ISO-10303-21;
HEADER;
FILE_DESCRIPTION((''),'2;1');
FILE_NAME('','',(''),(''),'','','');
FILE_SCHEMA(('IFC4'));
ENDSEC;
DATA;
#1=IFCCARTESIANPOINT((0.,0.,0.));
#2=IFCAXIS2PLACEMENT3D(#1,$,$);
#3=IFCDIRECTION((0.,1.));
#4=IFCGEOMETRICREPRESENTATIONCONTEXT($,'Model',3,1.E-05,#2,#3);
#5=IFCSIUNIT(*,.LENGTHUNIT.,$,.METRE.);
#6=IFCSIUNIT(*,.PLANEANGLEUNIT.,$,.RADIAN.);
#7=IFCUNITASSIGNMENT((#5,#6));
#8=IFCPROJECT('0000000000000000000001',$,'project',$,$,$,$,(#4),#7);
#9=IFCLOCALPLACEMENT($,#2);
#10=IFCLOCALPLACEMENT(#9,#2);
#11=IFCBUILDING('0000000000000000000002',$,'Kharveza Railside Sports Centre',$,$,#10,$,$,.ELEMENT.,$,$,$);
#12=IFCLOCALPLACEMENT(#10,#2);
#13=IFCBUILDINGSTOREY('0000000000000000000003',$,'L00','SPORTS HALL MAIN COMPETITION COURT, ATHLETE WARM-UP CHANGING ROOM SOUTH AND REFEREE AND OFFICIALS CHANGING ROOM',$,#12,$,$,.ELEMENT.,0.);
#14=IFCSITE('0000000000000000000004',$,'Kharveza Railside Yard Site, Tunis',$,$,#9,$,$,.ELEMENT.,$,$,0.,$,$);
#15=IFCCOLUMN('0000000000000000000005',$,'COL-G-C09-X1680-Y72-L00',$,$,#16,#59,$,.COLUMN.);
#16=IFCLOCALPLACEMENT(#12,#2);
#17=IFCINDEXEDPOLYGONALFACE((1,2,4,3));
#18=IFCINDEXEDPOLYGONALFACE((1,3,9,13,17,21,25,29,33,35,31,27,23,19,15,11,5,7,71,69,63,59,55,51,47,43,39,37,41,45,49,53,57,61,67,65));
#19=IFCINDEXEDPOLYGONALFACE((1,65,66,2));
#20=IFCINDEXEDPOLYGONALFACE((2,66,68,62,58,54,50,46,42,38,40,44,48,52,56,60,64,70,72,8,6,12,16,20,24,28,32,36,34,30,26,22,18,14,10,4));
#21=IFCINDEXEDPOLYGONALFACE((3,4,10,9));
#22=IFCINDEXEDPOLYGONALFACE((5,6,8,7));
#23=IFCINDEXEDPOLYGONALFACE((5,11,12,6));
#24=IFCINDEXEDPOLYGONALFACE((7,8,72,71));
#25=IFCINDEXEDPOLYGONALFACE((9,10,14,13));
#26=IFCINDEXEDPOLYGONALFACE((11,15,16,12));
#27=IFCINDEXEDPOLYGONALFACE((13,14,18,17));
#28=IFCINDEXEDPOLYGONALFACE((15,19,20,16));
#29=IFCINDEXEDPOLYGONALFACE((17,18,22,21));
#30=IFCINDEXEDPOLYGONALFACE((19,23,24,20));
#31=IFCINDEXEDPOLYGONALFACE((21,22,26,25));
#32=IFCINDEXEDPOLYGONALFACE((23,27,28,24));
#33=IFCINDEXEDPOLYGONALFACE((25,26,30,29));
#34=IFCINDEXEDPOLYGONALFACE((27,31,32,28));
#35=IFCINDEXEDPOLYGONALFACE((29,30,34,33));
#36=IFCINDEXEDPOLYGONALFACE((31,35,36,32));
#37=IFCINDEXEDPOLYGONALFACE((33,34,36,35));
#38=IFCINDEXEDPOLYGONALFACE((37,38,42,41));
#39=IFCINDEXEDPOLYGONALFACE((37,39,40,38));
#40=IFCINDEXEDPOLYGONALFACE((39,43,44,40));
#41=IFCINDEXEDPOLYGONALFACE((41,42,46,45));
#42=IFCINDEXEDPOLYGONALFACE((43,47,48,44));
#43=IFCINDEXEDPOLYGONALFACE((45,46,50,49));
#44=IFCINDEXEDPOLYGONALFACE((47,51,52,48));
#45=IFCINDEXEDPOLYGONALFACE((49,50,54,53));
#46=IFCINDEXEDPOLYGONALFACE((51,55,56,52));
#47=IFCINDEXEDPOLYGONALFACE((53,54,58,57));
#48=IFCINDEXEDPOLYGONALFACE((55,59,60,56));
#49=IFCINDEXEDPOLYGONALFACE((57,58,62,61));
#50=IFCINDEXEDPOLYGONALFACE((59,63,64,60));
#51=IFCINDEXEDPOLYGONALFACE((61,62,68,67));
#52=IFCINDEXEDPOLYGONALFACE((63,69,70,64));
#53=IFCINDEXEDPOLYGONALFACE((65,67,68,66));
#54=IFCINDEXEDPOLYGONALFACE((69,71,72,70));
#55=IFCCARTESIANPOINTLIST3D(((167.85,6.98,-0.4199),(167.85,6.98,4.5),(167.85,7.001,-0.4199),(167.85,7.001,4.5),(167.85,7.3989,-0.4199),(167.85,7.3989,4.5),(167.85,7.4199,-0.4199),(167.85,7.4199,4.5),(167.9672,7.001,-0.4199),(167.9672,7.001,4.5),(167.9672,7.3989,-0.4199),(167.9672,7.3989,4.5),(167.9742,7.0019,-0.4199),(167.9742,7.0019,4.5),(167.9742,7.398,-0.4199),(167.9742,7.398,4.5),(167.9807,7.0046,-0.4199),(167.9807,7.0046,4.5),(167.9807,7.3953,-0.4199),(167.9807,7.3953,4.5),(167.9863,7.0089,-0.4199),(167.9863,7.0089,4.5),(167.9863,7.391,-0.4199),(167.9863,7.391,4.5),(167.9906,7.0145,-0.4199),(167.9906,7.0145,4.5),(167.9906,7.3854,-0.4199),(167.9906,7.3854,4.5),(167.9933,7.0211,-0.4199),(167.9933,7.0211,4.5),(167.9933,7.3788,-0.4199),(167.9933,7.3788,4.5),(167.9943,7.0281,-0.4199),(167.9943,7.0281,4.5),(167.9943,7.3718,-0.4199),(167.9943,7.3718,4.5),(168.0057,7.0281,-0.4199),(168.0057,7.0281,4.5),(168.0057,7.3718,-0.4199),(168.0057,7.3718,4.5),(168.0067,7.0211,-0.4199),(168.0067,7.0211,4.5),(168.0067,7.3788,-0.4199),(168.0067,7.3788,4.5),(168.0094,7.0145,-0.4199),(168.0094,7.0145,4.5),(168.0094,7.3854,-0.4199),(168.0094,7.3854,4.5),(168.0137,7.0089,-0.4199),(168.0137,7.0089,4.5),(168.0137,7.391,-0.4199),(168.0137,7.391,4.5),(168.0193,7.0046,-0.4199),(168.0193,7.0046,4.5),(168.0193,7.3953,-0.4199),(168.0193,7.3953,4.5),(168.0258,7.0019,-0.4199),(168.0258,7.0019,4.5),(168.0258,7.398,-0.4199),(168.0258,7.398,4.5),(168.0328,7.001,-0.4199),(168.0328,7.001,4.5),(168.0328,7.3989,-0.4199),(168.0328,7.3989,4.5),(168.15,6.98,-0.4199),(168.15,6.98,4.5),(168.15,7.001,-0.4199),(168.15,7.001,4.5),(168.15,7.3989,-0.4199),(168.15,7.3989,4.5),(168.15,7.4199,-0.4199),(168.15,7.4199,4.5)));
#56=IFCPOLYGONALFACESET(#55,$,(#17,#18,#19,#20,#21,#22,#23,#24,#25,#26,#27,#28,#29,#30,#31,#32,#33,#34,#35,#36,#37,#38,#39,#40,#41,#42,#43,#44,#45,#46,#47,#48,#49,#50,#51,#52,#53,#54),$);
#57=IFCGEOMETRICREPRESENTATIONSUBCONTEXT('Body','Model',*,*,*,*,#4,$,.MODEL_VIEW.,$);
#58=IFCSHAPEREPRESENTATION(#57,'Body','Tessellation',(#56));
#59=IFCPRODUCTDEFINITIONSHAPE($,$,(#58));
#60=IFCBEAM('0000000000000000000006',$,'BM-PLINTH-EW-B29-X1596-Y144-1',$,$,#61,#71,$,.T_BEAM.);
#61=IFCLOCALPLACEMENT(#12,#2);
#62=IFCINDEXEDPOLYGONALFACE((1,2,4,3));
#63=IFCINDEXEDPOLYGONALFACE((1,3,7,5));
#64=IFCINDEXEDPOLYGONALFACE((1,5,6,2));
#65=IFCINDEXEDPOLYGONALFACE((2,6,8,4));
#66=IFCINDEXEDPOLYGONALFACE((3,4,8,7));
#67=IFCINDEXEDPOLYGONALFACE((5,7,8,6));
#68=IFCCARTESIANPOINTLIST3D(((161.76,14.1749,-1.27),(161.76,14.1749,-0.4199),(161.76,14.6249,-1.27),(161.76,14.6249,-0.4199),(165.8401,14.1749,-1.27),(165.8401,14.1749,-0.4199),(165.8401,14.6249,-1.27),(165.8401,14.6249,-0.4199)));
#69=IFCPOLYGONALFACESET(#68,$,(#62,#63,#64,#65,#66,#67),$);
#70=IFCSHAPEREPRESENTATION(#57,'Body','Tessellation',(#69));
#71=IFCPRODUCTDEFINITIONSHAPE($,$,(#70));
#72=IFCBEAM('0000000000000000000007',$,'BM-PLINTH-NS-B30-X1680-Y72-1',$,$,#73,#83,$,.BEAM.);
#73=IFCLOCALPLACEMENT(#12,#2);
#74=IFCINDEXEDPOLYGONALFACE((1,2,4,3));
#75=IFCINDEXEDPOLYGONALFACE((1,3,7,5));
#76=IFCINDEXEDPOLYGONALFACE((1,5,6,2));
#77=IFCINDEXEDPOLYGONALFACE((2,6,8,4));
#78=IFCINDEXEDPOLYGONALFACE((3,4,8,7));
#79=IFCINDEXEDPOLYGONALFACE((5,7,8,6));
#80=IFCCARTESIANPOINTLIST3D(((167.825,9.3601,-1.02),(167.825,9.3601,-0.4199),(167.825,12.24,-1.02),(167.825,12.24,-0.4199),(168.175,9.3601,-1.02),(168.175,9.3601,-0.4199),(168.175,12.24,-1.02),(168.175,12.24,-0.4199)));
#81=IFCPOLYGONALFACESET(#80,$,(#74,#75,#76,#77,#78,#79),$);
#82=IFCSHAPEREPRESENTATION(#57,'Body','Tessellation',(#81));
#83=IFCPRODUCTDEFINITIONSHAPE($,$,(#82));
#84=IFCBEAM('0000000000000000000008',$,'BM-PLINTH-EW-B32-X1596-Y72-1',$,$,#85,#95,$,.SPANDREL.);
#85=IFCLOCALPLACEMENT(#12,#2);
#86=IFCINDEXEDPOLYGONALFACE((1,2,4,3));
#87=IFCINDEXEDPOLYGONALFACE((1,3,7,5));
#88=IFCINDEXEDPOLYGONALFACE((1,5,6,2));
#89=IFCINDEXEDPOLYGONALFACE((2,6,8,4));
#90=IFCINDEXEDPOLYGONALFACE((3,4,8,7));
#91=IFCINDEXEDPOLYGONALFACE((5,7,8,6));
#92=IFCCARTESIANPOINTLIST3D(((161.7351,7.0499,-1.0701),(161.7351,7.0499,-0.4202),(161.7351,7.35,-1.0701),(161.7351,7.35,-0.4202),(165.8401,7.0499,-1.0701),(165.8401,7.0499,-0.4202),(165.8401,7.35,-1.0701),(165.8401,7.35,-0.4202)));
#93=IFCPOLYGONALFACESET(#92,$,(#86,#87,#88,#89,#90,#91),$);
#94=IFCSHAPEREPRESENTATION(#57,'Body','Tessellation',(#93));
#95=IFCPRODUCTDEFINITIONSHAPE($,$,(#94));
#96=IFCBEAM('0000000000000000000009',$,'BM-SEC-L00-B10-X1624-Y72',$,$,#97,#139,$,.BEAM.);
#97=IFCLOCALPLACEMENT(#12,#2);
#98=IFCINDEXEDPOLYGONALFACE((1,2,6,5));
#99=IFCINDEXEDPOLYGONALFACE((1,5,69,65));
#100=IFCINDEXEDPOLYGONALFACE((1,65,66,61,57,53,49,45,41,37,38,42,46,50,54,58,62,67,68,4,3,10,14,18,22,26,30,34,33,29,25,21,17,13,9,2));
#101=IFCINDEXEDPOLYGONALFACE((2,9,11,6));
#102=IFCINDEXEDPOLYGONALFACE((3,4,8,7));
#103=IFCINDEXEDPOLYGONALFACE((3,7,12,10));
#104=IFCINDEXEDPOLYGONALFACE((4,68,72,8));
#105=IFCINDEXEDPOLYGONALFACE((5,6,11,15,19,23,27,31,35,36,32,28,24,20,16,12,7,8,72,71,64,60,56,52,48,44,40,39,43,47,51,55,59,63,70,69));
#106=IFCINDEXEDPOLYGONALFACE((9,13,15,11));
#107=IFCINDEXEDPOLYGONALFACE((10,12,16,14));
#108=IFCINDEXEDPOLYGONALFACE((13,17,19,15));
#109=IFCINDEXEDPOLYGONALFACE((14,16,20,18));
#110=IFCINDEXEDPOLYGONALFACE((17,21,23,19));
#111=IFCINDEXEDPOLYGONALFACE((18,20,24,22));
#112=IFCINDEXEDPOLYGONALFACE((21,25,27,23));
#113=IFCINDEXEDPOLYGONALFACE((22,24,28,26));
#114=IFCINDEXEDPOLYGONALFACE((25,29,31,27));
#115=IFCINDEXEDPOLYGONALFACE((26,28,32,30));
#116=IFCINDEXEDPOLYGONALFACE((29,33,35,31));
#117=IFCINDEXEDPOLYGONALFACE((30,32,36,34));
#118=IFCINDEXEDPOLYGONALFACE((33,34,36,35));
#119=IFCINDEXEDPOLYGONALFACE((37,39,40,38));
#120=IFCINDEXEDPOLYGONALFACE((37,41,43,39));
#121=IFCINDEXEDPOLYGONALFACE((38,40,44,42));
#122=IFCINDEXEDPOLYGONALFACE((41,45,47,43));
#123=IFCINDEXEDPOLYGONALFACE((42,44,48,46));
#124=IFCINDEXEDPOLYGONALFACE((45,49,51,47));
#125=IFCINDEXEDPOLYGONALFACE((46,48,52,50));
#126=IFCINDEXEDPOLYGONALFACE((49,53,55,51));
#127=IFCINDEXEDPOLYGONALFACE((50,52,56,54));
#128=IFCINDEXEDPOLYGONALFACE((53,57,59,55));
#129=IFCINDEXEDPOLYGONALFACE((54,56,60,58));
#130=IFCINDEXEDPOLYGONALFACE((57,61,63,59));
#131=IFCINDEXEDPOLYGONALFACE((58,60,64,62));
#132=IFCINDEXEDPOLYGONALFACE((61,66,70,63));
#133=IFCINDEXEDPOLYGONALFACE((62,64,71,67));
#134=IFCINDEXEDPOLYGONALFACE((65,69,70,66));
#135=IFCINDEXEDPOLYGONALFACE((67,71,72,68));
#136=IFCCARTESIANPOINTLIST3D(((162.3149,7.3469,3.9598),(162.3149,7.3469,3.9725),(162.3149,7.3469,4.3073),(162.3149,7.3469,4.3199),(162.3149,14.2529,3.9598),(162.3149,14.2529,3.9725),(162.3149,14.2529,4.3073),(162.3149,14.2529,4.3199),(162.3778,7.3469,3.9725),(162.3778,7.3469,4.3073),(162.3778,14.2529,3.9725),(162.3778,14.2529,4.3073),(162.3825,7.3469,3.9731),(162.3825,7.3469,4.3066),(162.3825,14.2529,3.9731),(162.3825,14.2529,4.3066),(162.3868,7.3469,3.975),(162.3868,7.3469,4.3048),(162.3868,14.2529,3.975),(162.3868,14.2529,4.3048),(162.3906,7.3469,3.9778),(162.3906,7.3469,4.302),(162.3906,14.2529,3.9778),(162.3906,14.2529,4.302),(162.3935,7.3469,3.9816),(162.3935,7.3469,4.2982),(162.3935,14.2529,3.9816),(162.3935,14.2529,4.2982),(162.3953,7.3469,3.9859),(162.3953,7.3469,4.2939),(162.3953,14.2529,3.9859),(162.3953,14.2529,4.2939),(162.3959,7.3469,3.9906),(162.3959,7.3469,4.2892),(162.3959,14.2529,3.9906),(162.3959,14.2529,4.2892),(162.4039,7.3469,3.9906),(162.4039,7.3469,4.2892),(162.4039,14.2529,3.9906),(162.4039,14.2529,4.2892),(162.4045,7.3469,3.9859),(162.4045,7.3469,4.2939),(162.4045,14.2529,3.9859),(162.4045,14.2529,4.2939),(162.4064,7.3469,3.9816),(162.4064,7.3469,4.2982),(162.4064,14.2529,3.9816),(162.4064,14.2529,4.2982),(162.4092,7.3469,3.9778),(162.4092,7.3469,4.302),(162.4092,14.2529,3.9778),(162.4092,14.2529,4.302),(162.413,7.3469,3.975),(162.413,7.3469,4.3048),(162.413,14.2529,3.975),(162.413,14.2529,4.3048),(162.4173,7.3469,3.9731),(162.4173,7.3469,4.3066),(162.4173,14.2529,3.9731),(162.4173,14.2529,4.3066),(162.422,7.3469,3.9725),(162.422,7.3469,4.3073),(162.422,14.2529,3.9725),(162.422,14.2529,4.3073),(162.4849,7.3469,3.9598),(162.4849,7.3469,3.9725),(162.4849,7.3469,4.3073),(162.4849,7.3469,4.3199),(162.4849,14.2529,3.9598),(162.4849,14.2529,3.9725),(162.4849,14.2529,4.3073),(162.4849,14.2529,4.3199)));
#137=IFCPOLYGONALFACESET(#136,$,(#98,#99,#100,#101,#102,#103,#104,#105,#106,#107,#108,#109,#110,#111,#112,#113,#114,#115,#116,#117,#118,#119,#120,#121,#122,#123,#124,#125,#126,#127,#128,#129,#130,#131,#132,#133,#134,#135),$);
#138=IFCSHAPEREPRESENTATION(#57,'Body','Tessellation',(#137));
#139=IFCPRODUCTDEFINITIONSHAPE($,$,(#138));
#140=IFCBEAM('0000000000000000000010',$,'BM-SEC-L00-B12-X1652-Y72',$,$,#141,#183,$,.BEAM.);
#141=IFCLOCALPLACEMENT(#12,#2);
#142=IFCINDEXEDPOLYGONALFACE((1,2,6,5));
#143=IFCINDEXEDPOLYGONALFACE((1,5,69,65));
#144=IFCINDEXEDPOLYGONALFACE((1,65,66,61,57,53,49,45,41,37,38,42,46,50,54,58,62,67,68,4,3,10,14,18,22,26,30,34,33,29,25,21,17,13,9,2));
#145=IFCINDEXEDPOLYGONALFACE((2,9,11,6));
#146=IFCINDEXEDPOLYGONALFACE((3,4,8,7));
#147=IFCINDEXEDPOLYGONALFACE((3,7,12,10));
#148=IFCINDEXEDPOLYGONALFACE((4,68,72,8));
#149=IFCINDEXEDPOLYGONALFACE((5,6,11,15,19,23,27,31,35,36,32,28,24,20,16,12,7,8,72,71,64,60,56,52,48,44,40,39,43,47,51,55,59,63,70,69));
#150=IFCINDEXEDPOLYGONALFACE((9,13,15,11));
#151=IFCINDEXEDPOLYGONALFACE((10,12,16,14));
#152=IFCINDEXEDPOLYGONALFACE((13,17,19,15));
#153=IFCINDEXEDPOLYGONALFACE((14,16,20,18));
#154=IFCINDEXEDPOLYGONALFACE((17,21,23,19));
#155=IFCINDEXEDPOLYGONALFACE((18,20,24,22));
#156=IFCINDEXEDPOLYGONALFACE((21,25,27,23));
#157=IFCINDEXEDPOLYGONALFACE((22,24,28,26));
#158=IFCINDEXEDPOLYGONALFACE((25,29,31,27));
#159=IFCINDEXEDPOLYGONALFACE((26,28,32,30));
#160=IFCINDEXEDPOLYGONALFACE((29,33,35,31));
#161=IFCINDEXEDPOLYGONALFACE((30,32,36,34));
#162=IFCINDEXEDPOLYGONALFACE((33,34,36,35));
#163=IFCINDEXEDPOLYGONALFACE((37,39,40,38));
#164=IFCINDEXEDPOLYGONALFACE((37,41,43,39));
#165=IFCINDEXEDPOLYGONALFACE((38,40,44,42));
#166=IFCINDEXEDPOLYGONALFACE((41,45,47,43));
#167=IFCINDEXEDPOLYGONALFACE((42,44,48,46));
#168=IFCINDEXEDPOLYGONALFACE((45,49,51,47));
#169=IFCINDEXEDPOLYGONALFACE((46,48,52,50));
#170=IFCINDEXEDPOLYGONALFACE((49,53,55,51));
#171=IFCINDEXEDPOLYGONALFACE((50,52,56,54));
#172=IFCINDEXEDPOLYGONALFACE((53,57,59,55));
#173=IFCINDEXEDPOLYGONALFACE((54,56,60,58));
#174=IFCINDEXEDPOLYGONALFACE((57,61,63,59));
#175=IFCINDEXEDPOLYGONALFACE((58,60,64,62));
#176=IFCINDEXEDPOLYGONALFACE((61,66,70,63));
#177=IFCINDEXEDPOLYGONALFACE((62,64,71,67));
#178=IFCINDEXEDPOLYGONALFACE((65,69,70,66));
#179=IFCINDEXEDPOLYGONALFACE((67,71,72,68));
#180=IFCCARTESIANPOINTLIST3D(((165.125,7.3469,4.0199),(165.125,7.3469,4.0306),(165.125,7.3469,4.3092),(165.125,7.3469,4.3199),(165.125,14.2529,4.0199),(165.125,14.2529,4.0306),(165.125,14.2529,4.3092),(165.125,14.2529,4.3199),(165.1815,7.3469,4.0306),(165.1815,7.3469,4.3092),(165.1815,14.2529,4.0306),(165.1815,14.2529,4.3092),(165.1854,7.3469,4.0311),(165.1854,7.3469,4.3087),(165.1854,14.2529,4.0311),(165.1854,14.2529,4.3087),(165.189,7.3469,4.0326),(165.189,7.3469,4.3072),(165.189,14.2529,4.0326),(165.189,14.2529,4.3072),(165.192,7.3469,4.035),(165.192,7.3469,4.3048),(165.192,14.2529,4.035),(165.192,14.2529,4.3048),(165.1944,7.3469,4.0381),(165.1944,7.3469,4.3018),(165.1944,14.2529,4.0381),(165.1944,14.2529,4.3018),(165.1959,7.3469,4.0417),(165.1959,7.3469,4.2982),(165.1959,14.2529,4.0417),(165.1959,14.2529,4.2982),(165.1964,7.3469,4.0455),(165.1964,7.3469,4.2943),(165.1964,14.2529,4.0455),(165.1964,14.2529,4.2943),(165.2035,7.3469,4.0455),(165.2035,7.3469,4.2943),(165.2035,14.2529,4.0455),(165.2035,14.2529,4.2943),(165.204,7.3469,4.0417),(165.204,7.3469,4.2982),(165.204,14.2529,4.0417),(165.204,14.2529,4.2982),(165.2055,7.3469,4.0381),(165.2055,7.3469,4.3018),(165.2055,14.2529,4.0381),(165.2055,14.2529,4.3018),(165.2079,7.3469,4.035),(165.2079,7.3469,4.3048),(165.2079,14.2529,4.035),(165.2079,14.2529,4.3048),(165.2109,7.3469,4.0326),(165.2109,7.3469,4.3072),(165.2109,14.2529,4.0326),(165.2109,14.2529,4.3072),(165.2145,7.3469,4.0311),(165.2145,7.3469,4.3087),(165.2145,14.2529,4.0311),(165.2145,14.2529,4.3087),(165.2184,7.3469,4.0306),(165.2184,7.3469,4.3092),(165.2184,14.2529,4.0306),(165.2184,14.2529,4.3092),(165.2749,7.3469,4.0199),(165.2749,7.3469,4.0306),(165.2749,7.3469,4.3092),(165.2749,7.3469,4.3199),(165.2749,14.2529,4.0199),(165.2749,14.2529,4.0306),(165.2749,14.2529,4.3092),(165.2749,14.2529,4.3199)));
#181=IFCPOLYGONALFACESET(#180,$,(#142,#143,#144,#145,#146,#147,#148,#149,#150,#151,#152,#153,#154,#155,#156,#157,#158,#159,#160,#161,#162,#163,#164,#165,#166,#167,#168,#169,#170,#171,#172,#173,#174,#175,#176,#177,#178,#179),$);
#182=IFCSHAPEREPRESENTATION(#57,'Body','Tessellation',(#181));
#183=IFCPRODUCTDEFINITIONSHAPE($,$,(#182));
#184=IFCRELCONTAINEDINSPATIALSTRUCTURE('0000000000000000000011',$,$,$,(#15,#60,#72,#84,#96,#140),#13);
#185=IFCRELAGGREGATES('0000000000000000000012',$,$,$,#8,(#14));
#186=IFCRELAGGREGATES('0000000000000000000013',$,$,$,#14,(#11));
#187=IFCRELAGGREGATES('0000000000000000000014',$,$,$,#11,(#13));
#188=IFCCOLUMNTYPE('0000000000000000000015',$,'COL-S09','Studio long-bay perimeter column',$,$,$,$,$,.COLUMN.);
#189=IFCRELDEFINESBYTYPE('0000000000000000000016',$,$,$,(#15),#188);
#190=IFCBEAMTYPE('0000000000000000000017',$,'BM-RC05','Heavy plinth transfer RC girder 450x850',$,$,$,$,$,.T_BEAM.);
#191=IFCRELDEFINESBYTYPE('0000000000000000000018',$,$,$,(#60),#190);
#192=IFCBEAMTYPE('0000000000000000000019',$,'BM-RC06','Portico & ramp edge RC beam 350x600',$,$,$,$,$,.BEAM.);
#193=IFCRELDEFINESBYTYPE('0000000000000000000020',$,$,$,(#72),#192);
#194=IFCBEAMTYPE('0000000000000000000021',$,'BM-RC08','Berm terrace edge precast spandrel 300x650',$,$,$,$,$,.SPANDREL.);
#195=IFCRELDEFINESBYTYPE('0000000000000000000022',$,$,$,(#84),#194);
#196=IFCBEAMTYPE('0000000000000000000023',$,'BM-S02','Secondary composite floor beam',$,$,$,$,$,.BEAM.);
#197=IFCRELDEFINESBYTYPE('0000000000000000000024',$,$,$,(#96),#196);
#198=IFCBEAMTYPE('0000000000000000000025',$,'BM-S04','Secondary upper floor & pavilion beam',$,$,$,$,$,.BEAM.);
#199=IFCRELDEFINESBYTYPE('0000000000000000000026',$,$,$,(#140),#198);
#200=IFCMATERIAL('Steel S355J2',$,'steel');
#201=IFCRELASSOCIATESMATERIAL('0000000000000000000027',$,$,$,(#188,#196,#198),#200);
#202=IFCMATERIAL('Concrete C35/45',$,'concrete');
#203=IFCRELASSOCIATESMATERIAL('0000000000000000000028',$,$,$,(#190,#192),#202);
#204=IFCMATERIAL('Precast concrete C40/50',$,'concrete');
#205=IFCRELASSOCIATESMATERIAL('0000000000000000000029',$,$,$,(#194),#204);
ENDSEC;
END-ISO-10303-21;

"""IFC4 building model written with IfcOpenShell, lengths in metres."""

from ifc_helpers import new_model, si_unit, direction, frame, origin, origin_2d, place, context, subcontext, project, spatial, rectangle, i_section, extrude, material, material_profile, profile_set, type_object, element, save


model = new_model("IFC4")

# Units and contexts
model_context = context("Model", 3, precision=1e-05, world=origin(), true_north=direction((0.0, 1.0)))
body_context = subcontext(model_context, "Body", "Model", "MODEL_VIEW")
ifc_project = project(units=[si_unit("LENGTHUNIT", "METRE"), si_unit("PLANEANGLEUNIT", "RADIAN")], contexts=[model_context])

# Site, building, storey
site_placement = place(None, origin())
site = spatial("IfcSite", under=ifc_project, at=site_placement, Name="Kharveza Railside Yard Site, Tunis", CompositionType="ELEMENT", RefElevation=0.0)
building_placement = place(site_placement, origin())
building = spatial("IfcBuilding", under=site, at=building_placement, Name="Kharveza Railside Sports Centre", CompositionType="ELEMENT")
storey_placement = place(building_placement, origin())
storey = spatial("IfcBuildingStorey", under=building, at=storey_placement, Name="L00", Description="SPORTS HALL MAIN COMPETITION COURT, ATHLETE WARM-UP CHANGING ROOM SOUTH AND REFEREE AND OFFICIALS CHANGING ROOM", CompositionType="ELEMENT", Elevation=0.0)

# Shared definitions
ifc_material_1 = material(Name="Concrete C35/45", Category="concrete")

# Column
ifc_material_2 = material(Name="Steel S355J2", Category="steel")
ifc_material_profile_1 = material_profile(ifc_material_2, i_section(OverallWidth=0.3, OverallDepth=0.4399, WebThickness=0.0115, FlangeThickness=0.021, FilletRadius=0.0271, at=origin_2d()), Name="HEA 450")
ifc_profile_set_1 = profile_set([ifc_material_profile_1], Name="Steel S355J2")
column_type_1 = type_object("IfcColumnType", Name="COL-S09", Description="Studio long-bay perimeter column", PredefinedType="COLUMN", material=ifc_profile_set_1)
column_1_placement = place(storey_placement, frame((168.0, 7.2, -0.4199), z_axis=(0.0, 0.0, 1.0), x_axis=(1.0, 0.0, 0.0)))
element("IfcColumn", 1, at=column_1_placement, inside=storey, type_object=column_type_1, Name="COL-G-C09-X1680-Y72-L00", PredefinedType="COLUMN", context=body_context, shape_type="SweptSolid", body=[
    extrude(i_section(OverallWidth=0.3, OverallDepth=0.4399, WebThickness=0.0115, FlangeThickness=0.021, FilletRadius=0.0271, at=origin_2d()), origin(), (0.0, 0.0, 1.0), 4.9199),
])

# Beams
ifc_material_profile_2 = material_profile(ifc_material_1, rectangle(XDim=0.45, YDim=0.8501, at=origin_2d()), Name="RCB 450x850")
ifc_profile_set_2 = profile_set([ifc_material_profile_2], Name="Concrete C35/45")
beam_type_1 = type_object("IfcBeamType", Name="BM-RC05", Description="Heavy plinth transfer RC girder 450x850", PredefinedType="T_BEAM", material=ifc_profile_set_2)
beam_1_placement = place(storey_placement, frame((161.76, 14.3999, -0.845), z_axis=(1.0, 0.0, 0.0), x_axis=(0.0, 1.0, 0.0)))
element("IfcBeam", 2, at=beam_1_placement, inside=storey, type_object=beam_type_1, Name="BM-PLINTH-EW-B29-X1596-Y144-1", PredefinedType="T_BEAM", context=body_context, shape_type="SweptSolid", body=[
    extrude(rectangle(XDim=0.45, YDim=0.8501, at=origin_2d()), origin(), (0.0, 0.0, 1.0), 4.0801),
])
ifc_material_profile_3 = material_profile(ifc_material_1, rectangle(XDim=0.3501, YDim=0.6001, at=origin_2d()), Name="RCB 350x600")
ifc_profile_set_3 = profile_set([ifc_material_profile_3], Name="Concrete C35/45")
beam_type_2 = type_object("IfcBeamType", Name="BM-RC06", Description="Portico & ramp edge RC beam 350x600", PredefinedType="BEAM", material=ifc_profile_set_3)
beam_2_placement = place(storey_placement, frame((168.0, 9.3601, -0.72), z_axis=(0.0, 1.0, 0.0), x_axis=(-1.0, 0.0, 0.0)))
element("IfcBeam", 3, at=beam_2_placement, inside=storey, type_object=beam_type_2, Name="BM-PLINTH-NS-B30-X1680-Y72-1", PredefinedType="BEAM", context=body_context, shape_type="SweptSolid", body=[
    extrude(rectangle(XDim=0.3501, YDim=0.6001, at=origin_2d()), origin(), (0.0, 0.0, 1.0), 2.8799),
])
ifc_material_3 = material(Name="Precast concrete C40/50", Category="concrete")
ifc_material_profile_4 = material_profile(ifc_material_3, rectangle(XDim=0.3, YDim=0.6499, at=origin_2d()), Name="RCB 300x650")
ifc_profile_set_4 = profile_set([ifc_material_profile_4], Name="Precast concrete C40/50")
beam_type_3 = type_object("IfcBeamType", Name="BM-RC08", Description="Berm terrace edge precast spandrel 300x650", PredefinedType="SPANDREL", material=ifc_profile_set_4)
beam_3_placement = place(storey_placement, frame((161.7351, 7.2, -0.7451), z_axis=(1.0, 0.0, 0.0), x_axis=(0.0, 1.0, 0.0)))
element("IfcBeam", 4, at=beam_3_placement, inside=storey, type_object=beam_type_3, Name="BM-PLINTH-EW-B32-X1596-Y72-1", PredefinedType="SPANDREL", context=body_context, shape_type="SweptSolid", body=[
    extrude(rectangle(XDim=0.3, YDim=0.6499, at=origin_2d()), origin(), (0.0, 0.0, 1.0), 4.105),
])
ifc_material_profile_5 = material_profile(ifc_material_2, i_section(OverallWidth=0.1699, OverallDepth=0.3601, WebThickness=0.0081, FlangeThickness=0.0127, FilletRadius=0.0181, at=origin_2d()), Name="IPE 360")
ifc_profile_set_5 = profile_set([ifc_material_profile_5], Name="Steel S355J2")
beam_type_4 = type_object("IfcBeamType", Name="BM-S02", Description="Secondary composite floor beam", PredefinedType="BEAM", material=ifc_profile_set_5)
beam_4_placement = place(storey_placement, frame((162.3999, 7.3469, 4.1399), z_axis=(0.0, 1.0, 0.0), x_axis=(-1.0, 0.0, 0.0)))
element("IfcBeam", 5, at=beam_4_placement, inside=storey, type_object=beam_type_4, Name="BM-SEC-L00-B10-X1624-Y72", PredefinedType="BEAM", context=body_context, shape_type="SweptSolid", body=[
    extrude(i_section(OverallWidth=0.1699, OverallDepth=0.3601, WebThickness=0.0081, FlangeThickness=0.0127, FilletRadius=0.0181, at=origin_2d()), origin(), (0.0, 0.0, 1.0), 6.906),
])
ifc_material_profile_6 = material_profile(ifc_material_2, i_section(OverallWidth=0.1499, OverallDepth=0.3, WebThickness=0.0071, FlangeThickness=0.0107, FilletRadius=0.0149, at=origin_2d()), Name="IPE 300")
ifc_profile_set_6 = profile_set([ifc_material_profile_6], Name="Steel S355J2")
beam_type_5 = type_object("IfcBeamType", Name="BM-S04", Description="Secondary upper floor & pavilion beam", PredefinedType="BEAM", material=ifc_profile_set_6)
beam_5_placement = place(storey_placement, frame((165.2, 7.3469, 4.1699), z_axis=(0.0, 1.0, 0.0), x_axis=(-1.0, 0.0, 0.0)))
element("IfcBeam", 6, at=beam_5_placement, inside=storey, type_object=beam_type_5, Name="BM-SEC-L00-B12-X1652-Y72", PredefinedType="BEAM", context=body_context, shape_type="SweptSolid", body=[
    extrude(i_section(OverallWidth=0.1499, OverallDepth=0.3, WebThickness=0.0071, FlangeThickness=0.0107, FilletRadius=0.0149, at=origin_2d()), origin(), (0.0, 0.0, 1.0), 6.906),
])

save(model, "model.ifc")
